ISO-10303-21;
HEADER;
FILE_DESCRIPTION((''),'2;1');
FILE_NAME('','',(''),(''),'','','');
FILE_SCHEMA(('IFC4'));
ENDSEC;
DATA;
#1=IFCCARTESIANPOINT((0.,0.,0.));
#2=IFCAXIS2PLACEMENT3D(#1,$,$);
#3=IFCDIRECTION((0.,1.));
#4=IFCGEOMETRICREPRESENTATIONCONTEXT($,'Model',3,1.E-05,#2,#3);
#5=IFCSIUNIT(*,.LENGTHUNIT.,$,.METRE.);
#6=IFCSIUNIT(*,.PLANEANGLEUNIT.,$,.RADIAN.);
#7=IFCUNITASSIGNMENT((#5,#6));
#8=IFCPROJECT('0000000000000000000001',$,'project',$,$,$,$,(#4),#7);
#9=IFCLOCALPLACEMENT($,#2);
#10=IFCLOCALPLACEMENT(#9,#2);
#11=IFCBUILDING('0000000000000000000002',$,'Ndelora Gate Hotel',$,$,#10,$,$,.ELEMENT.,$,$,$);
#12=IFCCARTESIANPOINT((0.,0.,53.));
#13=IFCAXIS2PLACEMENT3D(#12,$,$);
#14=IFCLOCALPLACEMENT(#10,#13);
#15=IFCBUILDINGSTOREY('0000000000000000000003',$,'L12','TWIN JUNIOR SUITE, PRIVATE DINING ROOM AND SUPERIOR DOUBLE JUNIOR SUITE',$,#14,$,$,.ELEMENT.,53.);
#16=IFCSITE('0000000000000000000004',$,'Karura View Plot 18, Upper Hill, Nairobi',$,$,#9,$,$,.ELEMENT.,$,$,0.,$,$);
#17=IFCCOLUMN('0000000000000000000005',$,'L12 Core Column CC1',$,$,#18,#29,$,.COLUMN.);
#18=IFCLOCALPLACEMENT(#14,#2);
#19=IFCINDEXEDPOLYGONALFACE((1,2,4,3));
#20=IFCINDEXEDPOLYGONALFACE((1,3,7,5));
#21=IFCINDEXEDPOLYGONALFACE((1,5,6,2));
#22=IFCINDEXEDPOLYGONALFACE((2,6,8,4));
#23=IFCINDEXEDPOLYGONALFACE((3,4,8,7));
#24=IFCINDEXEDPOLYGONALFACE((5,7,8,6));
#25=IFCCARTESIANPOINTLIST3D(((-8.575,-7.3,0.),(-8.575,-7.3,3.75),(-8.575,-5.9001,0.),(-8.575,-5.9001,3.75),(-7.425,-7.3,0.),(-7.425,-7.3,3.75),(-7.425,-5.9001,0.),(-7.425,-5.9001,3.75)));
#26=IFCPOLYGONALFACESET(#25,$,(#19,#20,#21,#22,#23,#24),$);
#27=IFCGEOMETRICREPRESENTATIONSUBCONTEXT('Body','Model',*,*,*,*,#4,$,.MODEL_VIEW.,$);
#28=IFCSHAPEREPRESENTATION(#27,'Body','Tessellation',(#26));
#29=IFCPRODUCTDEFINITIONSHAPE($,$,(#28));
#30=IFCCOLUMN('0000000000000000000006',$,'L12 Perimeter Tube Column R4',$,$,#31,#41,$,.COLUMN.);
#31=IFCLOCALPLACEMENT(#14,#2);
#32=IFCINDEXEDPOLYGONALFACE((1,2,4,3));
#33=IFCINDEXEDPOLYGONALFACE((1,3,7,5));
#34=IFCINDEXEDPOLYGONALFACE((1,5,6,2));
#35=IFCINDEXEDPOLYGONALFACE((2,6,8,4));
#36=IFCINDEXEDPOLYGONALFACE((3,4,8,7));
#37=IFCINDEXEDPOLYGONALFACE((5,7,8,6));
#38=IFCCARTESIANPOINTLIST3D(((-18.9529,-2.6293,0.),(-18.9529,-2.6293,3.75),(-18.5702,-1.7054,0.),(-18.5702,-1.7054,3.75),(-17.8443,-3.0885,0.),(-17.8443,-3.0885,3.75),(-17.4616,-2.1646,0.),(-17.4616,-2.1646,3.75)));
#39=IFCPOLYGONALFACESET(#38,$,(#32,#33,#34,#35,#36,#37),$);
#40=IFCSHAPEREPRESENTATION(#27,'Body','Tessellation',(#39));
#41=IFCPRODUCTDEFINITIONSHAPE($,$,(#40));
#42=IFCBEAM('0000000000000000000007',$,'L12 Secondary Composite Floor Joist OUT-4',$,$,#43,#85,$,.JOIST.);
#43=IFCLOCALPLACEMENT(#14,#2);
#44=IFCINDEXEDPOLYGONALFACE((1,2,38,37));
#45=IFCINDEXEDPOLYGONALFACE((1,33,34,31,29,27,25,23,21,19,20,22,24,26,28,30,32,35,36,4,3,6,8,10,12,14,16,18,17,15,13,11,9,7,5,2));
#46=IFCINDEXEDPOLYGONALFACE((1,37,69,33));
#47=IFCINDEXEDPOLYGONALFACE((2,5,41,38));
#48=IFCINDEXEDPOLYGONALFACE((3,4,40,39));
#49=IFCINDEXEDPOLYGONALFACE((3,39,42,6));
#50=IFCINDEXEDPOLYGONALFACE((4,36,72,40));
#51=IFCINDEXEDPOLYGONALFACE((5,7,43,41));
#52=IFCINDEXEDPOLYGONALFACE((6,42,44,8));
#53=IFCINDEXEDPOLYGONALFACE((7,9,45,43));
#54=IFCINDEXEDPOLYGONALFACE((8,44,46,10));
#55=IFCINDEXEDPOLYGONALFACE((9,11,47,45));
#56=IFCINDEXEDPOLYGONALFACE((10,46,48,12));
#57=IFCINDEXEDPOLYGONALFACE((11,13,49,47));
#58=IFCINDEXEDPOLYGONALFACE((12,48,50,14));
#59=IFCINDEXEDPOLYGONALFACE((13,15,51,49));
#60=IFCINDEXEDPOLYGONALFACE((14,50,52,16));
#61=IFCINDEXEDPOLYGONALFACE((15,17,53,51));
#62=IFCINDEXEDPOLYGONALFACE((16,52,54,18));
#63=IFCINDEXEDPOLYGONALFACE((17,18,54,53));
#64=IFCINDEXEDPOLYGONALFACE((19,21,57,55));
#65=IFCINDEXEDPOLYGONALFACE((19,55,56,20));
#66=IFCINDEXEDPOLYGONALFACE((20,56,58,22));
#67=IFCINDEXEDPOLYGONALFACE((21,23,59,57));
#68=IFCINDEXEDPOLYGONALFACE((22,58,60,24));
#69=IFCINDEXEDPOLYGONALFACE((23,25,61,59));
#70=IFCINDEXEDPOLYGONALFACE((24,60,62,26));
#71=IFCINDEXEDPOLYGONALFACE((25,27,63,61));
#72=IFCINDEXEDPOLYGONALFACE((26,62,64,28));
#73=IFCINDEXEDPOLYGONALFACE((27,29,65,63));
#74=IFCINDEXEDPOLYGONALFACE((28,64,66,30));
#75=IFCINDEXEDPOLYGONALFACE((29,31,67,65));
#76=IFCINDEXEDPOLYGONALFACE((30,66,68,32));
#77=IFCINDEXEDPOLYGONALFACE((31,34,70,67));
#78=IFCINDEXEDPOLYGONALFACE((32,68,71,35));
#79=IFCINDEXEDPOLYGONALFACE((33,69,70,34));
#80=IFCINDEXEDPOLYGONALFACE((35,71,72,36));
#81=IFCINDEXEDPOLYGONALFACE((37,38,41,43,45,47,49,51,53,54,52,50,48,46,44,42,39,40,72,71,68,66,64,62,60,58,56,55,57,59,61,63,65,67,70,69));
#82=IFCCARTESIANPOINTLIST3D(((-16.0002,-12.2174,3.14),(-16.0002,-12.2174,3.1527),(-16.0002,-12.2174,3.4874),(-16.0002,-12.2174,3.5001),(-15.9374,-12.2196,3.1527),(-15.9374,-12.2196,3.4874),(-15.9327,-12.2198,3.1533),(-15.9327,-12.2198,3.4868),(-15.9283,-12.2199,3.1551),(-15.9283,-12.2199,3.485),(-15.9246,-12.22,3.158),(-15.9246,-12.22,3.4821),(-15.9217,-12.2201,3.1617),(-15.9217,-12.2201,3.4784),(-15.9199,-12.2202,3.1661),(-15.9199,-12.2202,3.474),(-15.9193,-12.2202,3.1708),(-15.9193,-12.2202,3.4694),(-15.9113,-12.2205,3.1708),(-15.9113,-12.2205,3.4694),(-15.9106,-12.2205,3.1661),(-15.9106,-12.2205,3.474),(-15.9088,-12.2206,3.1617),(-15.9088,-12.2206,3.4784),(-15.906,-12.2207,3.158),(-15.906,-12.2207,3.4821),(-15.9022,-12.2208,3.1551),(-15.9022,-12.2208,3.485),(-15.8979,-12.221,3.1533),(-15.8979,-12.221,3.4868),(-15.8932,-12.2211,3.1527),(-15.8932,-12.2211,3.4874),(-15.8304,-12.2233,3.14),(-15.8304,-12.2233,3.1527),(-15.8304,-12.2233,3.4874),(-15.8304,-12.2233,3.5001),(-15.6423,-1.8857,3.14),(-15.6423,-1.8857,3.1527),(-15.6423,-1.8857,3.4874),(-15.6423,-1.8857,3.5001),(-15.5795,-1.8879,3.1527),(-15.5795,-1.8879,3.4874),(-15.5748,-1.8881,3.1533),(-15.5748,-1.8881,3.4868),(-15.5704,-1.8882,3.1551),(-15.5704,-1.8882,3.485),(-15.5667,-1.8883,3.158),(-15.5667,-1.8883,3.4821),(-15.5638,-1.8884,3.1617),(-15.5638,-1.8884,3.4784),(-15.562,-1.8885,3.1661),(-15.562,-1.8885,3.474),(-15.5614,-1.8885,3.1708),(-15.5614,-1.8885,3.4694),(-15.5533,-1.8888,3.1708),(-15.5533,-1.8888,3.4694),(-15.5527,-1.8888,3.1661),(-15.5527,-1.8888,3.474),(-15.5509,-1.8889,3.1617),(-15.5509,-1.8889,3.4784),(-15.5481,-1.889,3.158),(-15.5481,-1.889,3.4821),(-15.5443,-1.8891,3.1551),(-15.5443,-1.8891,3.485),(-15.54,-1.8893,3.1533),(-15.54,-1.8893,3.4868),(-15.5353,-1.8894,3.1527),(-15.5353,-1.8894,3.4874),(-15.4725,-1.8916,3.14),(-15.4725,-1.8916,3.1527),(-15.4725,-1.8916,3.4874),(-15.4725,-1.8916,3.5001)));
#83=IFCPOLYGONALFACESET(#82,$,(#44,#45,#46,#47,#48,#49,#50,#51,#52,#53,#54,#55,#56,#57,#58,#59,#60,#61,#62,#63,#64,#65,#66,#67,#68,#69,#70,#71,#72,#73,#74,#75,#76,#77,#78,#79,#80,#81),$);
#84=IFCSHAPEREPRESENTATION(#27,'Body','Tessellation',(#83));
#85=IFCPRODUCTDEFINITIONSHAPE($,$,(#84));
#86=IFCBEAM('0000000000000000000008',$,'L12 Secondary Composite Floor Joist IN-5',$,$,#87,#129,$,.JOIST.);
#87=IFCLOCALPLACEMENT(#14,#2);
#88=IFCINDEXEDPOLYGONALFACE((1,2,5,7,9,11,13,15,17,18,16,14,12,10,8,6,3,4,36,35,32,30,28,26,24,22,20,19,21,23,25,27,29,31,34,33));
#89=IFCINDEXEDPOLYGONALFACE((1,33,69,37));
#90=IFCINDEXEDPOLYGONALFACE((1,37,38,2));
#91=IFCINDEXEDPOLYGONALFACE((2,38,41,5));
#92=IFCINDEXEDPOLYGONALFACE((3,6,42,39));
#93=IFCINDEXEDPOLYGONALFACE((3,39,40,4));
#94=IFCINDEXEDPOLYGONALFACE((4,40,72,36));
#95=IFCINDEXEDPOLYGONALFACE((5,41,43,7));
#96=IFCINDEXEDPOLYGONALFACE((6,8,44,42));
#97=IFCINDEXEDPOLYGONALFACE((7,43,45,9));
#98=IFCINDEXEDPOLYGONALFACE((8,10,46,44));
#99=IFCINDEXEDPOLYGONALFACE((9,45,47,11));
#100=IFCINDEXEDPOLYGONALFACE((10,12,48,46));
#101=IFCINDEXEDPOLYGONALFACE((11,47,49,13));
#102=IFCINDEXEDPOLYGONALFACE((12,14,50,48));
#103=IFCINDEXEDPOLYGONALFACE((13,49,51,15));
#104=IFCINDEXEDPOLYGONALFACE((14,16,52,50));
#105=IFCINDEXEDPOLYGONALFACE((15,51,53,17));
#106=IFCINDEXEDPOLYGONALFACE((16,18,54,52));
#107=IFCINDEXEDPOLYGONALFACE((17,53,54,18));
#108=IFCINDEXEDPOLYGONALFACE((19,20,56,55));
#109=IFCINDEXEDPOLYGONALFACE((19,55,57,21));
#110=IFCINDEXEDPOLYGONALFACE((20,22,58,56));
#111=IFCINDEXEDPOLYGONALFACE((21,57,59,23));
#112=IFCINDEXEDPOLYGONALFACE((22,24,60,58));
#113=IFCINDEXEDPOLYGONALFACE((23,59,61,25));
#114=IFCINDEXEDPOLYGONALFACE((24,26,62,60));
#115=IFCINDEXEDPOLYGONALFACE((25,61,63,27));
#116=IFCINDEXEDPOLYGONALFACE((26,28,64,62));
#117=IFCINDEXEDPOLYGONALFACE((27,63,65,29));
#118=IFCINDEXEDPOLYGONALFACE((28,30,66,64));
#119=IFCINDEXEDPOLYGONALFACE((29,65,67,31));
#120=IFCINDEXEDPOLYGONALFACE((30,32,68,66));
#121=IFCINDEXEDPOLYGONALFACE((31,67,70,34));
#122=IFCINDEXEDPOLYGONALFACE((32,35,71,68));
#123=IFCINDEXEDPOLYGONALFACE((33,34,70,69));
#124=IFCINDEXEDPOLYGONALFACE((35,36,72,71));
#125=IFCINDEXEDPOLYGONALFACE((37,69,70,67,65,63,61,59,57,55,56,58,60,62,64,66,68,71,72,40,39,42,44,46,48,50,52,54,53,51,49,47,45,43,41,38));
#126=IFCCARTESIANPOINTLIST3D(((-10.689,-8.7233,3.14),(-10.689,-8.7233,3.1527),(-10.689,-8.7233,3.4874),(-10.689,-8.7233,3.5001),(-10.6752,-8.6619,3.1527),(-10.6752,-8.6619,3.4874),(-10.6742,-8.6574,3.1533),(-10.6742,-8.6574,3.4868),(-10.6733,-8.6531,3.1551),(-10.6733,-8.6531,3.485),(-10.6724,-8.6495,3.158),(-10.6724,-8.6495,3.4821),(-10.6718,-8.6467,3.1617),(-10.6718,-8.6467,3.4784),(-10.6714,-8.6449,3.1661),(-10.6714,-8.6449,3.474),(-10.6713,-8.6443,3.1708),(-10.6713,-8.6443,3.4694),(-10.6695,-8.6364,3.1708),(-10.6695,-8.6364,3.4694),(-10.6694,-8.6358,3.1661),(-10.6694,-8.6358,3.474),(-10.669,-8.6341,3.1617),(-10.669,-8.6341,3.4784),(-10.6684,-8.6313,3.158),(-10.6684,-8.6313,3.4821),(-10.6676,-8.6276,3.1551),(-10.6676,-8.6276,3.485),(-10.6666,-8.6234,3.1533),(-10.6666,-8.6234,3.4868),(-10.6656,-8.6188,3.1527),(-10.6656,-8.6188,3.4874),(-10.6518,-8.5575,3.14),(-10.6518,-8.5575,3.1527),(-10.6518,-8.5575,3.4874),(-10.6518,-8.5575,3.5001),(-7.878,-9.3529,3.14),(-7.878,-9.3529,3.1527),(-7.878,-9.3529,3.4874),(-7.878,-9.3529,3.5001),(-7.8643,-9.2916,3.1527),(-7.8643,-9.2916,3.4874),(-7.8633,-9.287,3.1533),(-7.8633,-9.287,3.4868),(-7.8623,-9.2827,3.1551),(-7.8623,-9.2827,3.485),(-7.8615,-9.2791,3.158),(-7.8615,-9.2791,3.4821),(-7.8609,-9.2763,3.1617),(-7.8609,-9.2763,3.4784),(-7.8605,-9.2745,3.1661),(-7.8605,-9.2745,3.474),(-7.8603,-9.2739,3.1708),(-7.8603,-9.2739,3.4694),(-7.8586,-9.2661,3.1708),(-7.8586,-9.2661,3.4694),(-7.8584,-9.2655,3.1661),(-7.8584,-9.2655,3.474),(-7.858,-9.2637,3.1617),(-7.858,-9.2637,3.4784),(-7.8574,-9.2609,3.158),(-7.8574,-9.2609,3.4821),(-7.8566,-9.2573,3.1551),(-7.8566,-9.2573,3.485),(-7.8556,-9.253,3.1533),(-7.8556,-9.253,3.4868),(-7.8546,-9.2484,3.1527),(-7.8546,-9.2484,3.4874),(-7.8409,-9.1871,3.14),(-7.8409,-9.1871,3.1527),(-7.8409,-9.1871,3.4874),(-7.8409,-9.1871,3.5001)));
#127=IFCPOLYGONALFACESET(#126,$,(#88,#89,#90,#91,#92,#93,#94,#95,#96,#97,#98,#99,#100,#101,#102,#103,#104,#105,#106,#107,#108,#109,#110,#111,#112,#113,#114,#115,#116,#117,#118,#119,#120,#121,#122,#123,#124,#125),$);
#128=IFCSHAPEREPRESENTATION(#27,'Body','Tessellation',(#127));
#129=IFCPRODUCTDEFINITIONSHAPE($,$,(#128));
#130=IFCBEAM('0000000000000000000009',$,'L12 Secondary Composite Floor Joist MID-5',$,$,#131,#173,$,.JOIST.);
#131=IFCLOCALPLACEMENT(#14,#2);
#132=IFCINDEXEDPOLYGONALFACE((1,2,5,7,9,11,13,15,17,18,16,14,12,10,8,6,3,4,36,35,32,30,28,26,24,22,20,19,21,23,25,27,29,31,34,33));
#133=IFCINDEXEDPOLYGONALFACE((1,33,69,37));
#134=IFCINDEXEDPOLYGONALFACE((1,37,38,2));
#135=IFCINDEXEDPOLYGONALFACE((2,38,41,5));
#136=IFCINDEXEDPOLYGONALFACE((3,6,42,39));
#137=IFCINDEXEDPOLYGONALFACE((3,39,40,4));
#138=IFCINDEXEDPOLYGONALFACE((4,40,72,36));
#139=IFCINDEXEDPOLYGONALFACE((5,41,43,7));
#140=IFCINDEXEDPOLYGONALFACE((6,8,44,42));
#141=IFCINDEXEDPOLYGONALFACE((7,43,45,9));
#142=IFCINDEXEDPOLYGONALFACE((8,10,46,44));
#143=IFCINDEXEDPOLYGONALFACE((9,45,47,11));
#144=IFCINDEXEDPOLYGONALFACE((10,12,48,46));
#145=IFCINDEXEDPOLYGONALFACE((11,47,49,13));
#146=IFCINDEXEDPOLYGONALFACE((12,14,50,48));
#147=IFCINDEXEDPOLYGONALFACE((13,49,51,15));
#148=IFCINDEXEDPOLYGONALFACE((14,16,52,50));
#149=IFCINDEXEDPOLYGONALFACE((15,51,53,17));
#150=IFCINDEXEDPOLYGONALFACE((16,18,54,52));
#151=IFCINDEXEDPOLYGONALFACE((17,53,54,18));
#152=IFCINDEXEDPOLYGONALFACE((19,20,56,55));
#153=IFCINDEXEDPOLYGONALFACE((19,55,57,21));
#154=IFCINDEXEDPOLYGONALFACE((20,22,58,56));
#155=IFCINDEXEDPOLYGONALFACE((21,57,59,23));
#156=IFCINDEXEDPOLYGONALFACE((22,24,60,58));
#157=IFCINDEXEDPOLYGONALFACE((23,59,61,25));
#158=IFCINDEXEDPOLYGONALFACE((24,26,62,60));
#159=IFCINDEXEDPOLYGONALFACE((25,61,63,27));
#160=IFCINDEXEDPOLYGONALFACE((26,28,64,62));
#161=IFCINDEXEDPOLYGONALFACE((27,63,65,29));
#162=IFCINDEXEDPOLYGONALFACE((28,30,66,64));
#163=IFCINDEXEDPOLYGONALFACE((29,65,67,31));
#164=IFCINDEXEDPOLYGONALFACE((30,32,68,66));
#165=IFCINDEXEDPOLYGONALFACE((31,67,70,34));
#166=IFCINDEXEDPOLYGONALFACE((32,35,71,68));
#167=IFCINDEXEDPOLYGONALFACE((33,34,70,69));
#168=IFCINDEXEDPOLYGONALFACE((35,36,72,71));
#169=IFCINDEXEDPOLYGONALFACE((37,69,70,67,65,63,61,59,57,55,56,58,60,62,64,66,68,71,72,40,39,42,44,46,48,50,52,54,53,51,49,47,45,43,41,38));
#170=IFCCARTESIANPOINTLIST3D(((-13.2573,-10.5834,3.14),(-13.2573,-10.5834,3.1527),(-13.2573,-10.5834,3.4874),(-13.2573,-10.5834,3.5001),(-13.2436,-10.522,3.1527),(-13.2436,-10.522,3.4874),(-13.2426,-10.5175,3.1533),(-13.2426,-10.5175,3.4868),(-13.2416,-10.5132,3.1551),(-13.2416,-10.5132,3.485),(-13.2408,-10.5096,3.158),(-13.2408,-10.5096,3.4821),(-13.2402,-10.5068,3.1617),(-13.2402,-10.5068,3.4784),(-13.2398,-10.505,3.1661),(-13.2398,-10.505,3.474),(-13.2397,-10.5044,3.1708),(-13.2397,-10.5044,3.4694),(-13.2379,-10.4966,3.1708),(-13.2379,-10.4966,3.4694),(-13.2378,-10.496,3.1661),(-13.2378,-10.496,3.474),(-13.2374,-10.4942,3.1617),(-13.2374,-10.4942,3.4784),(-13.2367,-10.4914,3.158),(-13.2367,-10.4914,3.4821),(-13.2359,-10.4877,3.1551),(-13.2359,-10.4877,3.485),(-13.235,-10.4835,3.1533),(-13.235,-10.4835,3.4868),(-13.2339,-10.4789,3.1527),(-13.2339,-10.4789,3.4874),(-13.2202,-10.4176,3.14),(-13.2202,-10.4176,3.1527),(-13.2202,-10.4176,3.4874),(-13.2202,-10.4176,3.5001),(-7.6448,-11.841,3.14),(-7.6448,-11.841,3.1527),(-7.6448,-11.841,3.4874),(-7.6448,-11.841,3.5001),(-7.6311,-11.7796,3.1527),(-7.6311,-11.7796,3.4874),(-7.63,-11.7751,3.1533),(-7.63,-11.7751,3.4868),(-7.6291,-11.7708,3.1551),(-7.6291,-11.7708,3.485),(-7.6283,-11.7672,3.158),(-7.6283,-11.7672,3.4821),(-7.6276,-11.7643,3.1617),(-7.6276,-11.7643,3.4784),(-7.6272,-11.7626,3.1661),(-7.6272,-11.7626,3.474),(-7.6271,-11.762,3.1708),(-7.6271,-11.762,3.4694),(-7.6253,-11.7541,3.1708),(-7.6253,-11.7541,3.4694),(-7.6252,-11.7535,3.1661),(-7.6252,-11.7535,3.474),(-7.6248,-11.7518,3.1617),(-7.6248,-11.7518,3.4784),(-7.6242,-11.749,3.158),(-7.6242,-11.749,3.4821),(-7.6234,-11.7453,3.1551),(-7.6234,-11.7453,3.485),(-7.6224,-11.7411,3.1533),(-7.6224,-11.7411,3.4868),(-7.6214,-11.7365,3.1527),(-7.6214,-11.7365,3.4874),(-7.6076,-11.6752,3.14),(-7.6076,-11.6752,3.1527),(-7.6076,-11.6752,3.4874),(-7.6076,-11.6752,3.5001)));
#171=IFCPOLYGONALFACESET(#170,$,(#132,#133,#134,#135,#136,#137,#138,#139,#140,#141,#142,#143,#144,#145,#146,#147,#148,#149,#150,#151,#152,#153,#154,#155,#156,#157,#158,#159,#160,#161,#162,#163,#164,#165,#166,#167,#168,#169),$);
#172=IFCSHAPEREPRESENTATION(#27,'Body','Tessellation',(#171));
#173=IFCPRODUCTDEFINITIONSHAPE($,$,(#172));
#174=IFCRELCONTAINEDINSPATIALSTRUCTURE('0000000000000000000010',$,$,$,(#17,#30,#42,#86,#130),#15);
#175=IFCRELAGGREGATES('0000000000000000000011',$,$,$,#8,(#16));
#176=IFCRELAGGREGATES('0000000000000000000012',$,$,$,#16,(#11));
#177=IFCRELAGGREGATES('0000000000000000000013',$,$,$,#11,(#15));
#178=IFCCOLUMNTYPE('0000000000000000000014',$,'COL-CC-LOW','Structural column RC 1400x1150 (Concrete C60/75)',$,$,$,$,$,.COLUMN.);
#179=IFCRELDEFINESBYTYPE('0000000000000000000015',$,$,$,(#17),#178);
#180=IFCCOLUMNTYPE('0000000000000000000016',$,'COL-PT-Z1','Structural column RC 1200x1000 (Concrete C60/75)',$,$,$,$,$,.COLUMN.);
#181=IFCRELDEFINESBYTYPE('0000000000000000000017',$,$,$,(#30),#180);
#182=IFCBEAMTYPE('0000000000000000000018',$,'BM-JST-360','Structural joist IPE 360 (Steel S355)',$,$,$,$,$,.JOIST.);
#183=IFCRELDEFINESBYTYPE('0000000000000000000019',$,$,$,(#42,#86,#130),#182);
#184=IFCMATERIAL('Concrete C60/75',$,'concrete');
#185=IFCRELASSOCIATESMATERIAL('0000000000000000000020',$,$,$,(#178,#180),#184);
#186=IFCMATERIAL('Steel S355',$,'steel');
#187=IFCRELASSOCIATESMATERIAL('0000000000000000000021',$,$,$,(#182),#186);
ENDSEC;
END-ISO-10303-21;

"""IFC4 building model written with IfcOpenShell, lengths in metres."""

from ifc_helpers import new_model, si_unit, direction, frame, origin, origin_2d, place, context, subcontext, project, spatial, rectangle, i_section, extrude, material, material_profile, profile_set, type_object, element, save


model = new_model("IFC4")

# Units and contexts
model_context = context("Model", 3, precision=1e-05, world=origin(), true_north=direction((0.0, 1.0)))
body_context = subcontext(model_context, "Body", "Model", "MODEL_VIEW")
ifc_project = project(units=[si_unit("LENGTHUNIT", "METRE"), si_unit("PLANEANGLEUNIT", "RADIAN")], contexts=[model_context])

# Site, building, storey
site_placement = place(None, origin())
site = spatial("IfcSite", under=ifc_project, at=site_placement, Name="Karura View Plot 18, Upper Hill, Nairobi", CompositionType="ELEMENT", RefElevation=0.0)
building_placement = place(site_placement, origin())
building = spatial("IfcBuilding", under=site, at=building_placement, Name="Ndelora Gate Hotel", CompositionType="ELEMENT")
storey_placement = place(building_placement, frame((0.0, 0.0, 53.0)))
storey = spatial("IfcBuildingStorey", under=building, at=storey_placement, Name="L12", Description="TWIN JUNIOR SUITE, PRIVATE DINING ROOM AND SUPERIOR DOUBLE JUNIOR SUITE", CompositionType="ELEMENT", Elevation=53.0)

# Columns
ifc_material_1 = material(Name="Concrete C60/75", Category="concrete")
ifc_material_profile_1 = material_profile(ifc_material_1, rectangle(XDim=1.1499, YDim=1.3999, at=origin_2d()), Name="RC 1400x1150")
ifc_profile_set_1 = profile_set([ifc_material_profile_1], Name="Concrete C60/75")
column_type_1 = type_object("IfcColumnType", Name="COL-CC-LOW", Description="Structural column RC 1400x1150 (Concrete C60/75)", PredefinedType="COLUMN", material=ifc_profile_set_1)
column_1_placement = place(storey_placement, frame((-8.0, -6.6001, 0.0), z_axis=(0.0, 0.0, 1.0), x_axis=(1.0, 0.0, 0.0)))
element("IfcColumn", 1, at=column_1_placement, inside=storey, type_object=column_type_1, Name="L12 Core Column CC1", PredefinedType="COLUMN", context=body_context, shape_type="SweptSolid", body=[
    extrude(rectangle(XDim=1.1499, YDim=1.3999, at=origin_2d()), origin(), (0.0, 0.0, 1.0), 3.75),
])
ifc_material_profile_2 = material_profile(ifc_material_1, rectangle(XDim=1.0, YDim=1.2, at=origin_2d()), Name="RC 1200x1000")
ifc_profile_set_2 = profile_set([ifc_material_profile_2], Name="Concrete C60/75")
column_type_2 = type_object("IfcColumnType", Name="COL-PT-Z1", Description="Structural column RC 1200x1000 (Concrete C60/75)", PredefinedType="COLUMN", material=ifc_profile_set_2)
column_2_placement = place(storey_placement, frame((-18.2073, -2.397, 0.0), z_axis=(0.0, 0.0, 1.0), x_axis=(0.382683, 0.92388, 0.0)))
element("IfcColumn", 2, at=column_2_placement, inside=storey, type_object=column_type_2, Name="L12 Perimeter Tube Column R4", PredefinedType="COLUMN", context=body_context, shape_type="SweptSolid", body=[
    extrude(rectangle(XDim=1.0, YDim=1.2, at=origin_2d()), origin(), (0.0, 0.0, 1.0), 3.75),
])

# Beams
ifc_material_2 = material(Name="Steel S355", Category="steel")
ifc_material_profile_3 = material_profile(ifc_material_2, i_section(OverallWidth=0.1699, OverallDepth=0.3601, WebThickness=0.0081, FlangeThickness=0.0127, FilletRadius=0.0181, at=origin_2d()), Name="IPE 360")
ifc_profile_set_3 = profile_set([ifc_material_profile_3], Name="Steel S355")
beam_type_1 = type_object("IfcBeamType", Name="BM-JST-360", Description="Structural joist IPE 360 (Steel S355)", PredefinedType="JOIST", material=ifc_profile_set_3)
beam_1_placement = place(storey_placement, frame((-15.5574, -1.8887, 3.3201), z_axis=(-0.034621, -0.999401, 0.0), x_axis=(0.999401, -0.034621, 0.0)))
element("IfcBeam", 3, at=beam_1_placement, inside=storey, type_object=beam_type_1, Name="L12 Secondary Composite Floor Joist OUT-4", PredefinedType="JOIST", context=body_context, shape_type="SweptSolid", body=[
    extrude(i_section(OverallWidth=0.1699, OverallDepth=0.3601, WebThickness=0.0081, FlangeThickness=0.0127, FilletRadius=0.0181, at=origin_2d()), origin(), (0.0, 0.0, 1.0), 10.3379),
])
beam_2_placement = place(storey_placement, frame((-10.6704, -8.6404, 3.3201), z_axis=(0.975821, -0.218572, 0.0), x_axis=(0.218572, 0.975821, 0.0)))
element("IfcBeam", 4, at=beam_2_placement, inside=storey, type_object=beam_type_1, Name="L12 Secondary Composite Floor Joist IN-5", PredefinedType="JOIST", context=body_context, shape_type="SweptSolid", body=[
    extrude(i_section(OverallWidth=0.1699, OverallDepth=0.3601, WebThickness=0.0081, FlangeThickness=0.0127, FilletRadius=0.0181, at=origin_2d()), origin(), (0.0, 0.0, 1.0), 2.8806),
])
beam_3_placement = place(storey_placement, frame((-13.2388, -10.5005, 3.3201), z_axis=(0.975805, -0.218642, 0.0), x_axis=(0.218642, 0.975805, 0.0)))
element("IfcBeam", 5, at=beam_3_placement, inside=storey, type_object=beam_type_1, Name="L12 Secondary Composite Floor Joist MID-5", PredefinedType="JOIST", context=body_context, shape_type="SweptSolid", body=[
    extrude(i_section(OverallWidth=0.1699, OverallDepth=0.3601, WebThickness=0.0081, FlangeThickness=0.0127, FilletRadius=0.0181, at=origin_2d()), origin(), (0.0, 0.0, 1.0), 5.7517),
])

save(model, "model.ifc")
